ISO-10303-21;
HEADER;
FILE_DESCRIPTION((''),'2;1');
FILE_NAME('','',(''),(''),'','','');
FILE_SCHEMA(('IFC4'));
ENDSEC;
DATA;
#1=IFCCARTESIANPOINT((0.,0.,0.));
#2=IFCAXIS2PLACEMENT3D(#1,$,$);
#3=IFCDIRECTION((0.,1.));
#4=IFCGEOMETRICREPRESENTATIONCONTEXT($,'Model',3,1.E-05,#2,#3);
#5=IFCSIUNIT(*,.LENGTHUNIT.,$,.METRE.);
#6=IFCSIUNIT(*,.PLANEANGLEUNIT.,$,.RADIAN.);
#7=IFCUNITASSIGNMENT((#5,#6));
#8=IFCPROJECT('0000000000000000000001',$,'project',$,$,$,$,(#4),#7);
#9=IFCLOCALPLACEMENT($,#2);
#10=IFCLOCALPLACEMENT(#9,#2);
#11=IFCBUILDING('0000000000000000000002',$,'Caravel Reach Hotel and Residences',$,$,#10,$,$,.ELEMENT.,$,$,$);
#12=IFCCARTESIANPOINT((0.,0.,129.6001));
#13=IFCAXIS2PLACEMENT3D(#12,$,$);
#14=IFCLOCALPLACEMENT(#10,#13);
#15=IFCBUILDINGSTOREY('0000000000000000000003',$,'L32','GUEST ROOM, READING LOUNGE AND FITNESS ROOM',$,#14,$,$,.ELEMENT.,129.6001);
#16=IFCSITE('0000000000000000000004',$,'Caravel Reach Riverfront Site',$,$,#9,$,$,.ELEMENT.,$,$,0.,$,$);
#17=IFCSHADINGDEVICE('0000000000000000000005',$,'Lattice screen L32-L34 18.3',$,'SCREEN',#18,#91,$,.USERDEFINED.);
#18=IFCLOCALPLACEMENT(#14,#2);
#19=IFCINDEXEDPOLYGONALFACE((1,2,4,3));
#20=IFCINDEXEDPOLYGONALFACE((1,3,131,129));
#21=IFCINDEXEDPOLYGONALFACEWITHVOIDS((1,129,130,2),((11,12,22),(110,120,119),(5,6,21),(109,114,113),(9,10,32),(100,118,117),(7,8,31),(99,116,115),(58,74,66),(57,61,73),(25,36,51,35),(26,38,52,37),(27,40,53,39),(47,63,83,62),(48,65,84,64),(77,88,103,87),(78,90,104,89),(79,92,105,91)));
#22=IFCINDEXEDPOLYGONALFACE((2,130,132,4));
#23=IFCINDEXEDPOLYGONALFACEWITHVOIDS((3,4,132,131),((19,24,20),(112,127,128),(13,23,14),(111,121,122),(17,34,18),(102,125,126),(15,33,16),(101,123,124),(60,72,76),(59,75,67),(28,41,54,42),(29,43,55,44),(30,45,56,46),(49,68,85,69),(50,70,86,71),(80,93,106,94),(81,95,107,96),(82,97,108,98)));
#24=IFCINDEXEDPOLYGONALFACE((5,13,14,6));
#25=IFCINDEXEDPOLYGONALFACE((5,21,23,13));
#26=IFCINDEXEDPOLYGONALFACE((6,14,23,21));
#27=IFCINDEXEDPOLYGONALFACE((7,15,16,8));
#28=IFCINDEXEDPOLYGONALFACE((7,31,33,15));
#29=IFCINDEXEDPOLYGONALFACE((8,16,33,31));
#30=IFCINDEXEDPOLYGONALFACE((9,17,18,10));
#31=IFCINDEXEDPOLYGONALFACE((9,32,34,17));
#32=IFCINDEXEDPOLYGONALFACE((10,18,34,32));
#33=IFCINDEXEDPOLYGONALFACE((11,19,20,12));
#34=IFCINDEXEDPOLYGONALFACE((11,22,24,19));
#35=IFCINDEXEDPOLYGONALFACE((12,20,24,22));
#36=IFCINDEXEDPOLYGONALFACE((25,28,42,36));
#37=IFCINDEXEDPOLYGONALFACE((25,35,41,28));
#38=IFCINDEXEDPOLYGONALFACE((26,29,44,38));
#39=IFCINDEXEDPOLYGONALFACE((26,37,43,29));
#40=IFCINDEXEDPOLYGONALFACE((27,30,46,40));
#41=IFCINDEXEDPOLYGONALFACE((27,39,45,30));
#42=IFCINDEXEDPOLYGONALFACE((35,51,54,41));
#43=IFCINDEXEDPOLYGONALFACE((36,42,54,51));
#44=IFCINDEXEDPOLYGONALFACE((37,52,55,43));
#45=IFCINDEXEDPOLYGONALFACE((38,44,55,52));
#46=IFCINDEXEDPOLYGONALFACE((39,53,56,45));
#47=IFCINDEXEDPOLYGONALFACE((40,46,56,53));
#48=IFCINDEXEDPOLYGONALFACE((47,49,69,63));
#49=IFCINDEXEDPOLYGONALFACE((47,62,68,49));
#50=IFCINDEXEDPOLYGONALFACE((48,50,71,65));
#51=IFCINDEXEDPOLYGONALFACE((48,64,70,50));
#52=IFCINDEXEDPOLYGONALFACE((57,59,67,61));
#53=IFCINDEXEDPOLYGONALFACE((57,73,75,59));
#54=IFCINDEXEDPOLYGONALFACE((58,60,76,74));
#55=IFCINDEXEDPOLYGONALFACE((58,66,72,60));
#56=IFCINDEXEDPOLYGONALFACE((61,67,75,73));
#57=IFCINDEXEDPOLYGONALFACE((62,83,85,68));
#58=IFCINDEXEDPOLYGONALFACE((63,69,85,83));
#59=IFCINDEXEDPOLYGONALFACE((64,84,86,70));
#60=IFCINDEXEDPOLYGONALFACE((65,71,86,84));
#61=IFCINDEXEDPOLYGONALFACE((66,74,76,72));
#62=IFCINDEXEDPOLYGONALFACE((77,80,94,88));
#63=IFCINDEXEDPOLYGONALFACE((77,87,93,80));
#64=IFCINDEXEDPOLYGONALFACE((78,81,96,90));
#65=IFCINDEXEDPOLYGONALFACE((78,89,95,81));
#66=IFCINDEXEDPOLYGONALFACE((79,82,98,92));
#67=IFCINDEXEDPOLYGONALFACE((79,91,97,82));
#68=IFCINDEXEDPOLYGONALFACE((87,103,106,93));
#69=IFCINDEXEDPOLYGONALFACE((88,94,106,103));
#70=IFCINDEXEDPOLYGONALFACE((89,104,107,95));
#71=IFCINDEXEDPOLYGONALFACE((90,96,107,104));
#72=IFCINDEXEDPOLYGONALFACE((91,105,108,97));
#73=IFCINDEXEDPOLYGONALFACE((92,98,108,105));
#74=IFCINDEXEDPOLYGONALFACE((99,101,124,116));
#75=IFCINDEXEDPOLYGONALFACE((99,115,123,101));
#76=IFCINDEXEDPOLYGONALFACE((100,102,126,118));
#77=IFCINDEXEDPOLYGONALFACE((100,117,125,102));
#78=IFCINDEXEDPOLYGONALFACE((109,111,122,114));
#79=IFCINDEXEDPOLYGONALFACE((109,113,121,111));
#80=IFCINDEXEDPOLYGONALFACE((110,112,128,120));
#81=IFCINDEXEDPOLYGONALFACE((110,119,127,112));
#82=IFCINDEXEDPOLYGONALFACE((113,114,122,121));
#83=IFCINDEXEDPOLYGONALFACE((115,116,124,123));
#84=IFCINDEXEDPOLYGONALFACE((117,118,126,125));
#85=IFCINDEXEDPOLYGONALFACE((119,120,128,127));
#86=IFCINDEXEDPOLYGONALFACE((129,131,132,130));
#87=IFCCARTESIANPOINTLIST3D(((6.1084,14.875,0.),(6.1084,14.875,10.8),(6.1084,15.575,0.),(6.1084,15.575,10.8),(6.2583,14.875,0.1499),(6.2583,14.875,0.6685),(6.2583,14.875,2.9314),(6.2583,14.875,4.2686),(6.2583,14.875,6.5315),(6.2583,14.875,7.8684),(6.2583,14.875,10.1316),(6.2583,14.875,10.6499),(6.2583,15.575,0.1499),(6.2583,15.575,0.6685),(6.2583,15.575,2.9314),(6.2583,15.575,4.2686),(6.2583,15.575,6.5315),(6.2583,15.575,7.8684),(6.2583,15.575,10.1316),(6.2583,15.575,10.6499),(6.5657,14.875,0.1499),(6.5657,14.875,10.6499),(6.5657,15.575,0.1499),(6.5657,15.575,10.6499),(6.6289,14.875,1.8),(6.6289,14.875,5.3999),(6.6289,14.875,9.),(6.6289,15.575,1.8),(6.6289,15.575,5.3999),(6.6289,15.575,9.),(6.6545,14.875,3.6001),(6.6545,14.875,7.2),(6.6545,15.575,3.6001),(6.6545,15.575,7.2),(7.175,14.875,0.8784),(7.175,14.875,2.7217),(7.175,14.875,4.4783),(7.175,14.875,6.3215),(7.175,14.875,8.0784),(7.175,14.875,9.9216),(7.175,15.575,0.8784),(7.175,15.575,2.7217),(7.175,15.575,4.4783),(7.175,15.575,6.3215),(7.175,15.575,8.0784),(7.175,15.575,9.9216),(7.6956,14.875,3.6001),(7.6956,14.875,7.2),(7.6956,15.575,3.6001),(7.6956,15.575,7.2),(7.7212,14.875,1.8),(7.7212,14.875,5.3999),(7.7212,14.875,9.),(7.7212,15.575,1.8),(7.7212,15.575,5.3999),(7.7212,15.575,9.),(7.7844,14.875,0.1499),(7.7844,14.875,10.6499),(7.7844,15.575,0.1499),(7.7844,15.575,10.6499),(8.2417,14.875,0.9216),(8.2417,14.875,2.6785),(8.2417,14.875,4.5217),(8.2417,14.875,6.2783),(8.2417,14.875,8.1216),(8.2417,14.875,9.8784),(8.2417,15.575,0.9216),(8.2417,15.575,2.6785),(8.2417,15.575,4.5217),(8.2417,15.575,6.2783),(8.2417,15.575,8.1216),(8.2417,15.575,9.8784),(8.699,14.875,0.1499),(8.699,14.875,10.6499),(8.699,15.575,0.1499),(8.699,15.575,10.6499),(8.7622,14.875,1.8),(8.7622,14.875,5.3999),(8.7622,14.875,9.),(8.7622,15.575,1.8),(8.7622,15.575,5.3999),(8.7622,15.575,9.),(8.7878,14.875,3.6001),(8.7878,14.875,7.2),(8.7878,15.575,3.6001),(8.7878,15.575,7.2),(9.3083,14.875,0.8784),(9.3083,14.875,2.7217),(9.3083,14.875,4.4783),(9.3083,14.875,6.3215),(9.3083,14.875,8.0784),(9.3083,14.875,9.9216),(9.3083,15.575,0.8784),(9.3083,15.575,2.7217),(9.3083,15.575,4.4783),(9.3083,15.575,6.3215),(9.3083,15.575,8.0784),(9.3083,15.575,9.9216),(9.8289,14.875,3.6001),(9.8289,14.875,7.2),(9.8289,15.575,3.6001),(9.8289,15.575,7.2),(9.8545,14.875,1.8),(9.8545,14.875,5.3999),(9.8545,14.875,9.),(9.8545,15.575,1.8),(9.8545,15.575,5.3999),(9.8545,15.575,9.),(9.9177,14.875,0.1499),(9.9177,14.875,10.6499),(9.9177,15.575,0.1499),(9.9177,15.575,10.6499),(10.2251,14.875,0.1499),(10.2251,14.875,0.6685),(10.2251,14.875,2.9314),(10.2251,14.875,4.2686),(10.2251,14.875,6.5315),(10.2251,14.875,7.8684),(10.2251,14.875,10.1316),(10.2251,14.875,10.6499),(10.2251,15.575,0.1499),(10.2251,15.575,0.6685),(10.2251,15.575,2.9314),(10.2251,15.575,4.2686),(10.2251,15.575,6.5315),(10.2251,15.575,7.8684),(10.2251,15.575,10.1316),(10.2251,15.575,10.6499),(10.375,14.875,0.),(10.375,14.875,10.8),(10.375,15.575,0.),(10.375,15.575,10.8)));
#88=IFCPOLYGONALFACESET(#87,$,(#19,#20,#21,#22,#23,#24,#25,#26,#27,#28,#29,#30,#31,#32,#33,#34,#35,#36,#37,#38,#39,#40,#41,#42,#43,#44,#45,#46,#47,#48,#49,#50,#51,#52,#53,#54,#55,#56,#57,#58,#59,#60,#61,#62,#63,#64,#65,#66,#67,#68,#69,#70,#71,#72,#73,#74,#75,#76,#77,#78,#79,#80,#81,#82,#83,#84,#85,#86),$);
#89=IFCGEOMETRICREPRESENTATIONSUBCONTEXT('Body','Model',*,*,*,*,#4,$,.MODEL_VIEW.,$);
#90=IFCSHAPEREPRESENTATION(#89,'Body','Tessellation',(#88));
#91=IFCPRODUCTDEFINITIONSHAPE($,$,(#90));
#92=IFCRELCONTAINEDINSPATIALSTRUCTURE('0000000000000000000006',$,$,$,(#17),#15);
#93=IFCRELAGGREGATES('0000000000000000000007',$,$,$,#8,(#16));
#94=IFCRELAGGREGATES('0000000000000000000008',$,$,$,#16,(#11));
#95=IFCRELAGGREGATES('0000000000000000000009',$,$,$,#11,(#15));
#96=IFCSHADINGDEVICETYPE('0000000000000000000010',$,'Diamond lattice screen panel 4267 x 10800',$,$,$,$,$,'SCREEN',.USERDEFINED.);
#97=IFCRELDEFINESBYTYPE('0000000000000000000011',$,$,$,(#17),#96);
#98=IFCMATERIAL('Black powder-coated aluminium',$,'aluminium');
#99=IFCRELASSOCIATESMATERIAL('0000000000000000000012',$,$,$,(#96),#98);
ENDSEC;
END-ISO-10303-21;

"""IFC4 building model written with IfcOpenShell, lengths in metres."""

from ifc_helpers import new_model, si_unit, direction, frame, origin, place, context, subcontext, project, spatial, polyline, outline, extrude, material, type_object, element, save


model = new_model("IFC4")

# Units and contexts
model_context = context("Model", 3, precision=1e-05, world=origin(), true_north=direction((0.0, 1.0)))
body_context = subcontext(model_context, "Body", "Model", "MODEL_VIEW")
ifc_project = project(units=[si_unit("LENGTHUNIT", "METRE"), si_unit("PLANEANGLEUNIT", "RADIAN")], contexts=[model_context])

# Site, building, storey
site_placement = place(None, origin())
site = spatial("IfcSite", under=ifc_project, at=site_placement, Name="Caravel Reach Riverfront Site", CompositionType="ELEMENT", RefElevation=0.0)
building_placement = place(site_placement, origin())
building = spatial("IfcBuilding", under=site, at=building_placement, Name="Caravel Reach Hotel and Residences", CompositionType="ELEMENT")
storey_placement = place(building_placement, frame((0.0, 0.0, 129.6001)))
storey = spatial("IfcBuildingStorey", under=building, at=storey_placement, Name="L32", Description="GUEST ROOM, READING LOUNGE AND FITNESS ROOM", CompositionType="ELEMENT", Elevation=129.6001)

# Shading device
ifc_material_1 = material(Name="Black powder-coated aluminium", Category="aluminium")
shading_device_type_1 = type_object("IfcShadingDeviceType", Name="Diamond lattice screen panel 4267 x 10800", ElementType="SCREEN", PredefinedType="USERDEFINED", material=ifc_material_1)
shading_device_1_placement = place(storey_placement, frame((6.1084, 15.575, 0.0), z_axis=(0.0, -1.0, 0.0), x_axis=(1.0, 0.0, 0.0)))
element("IfcShadingDevice", 1, at=shading_device_1_placement, inside=storey, type_object=shading_device_type_1, Name="Lattice screen L32-L34 18.3", ObjectType="SCREEN", PredefinedType="USERDEFINED", context=body_context, shape_type="SweptSolid", body=[
    extrude(outline(polyline([(0.0, 0.0), (4.2666, 0.0), (4.2666, 10.8), (0.0, 10.8), (0.0, 0.0)]), holes=[polyline([(0.4573, 0.1499), (0.1499, 0.6685), (0.1499, 0.1499), (0.4573, 0.1499)]), polyline([(0.5461, 3.6001), (0.1499, 4.2686), (0.1499, 2.9314), (0.5461, 3.6001)]), polyline([(0.5461, 7.2), (0.1499, 7.8684), (0.1499, 6.5315), (0.5461, 7.2)]), polyline([(0.1499, 10.1316), (0.4573, 10.6499), (0.1499, 10.6499), (0.1499, 10.1316)]), polyline([(1.0667, 2.7217), (0.5205, 1.8), (1.0667, 0.8784), (1.6128, 1.8), (1.0667, 2.7217)]), polyline([(1.0667, 6.3215), (0.5205, 5.3999), (1.0667, 4.4783), (1.6128, 5.3999), (1.0667, 6.3215)]), polyline([(1.0667, 9.9216), (0.5205, 9.0), (1.0667, 8.0784), (1.6128, 9.0), (1.0667, 9.9216)]), polyline([(2.1333, 0.9216), (1.676, 0.1499), (2.5906, 0.1499), (2.1333, 0.9216)]), polyline([(2.1333, 4.5217), (1.5872, 3.6001), (2.1333, 2.6785), (2.6794, 3.6001), (2.1333, 4.5217)]), polyline([(2.1333, 8.1216), (1.5872, 7.2), (2.1333, 6.2783), (2.6794, 7.2), (2.1333, 8.1216)]), polyline([(2.1333, 9.8784), (2.5906, 10.6499), (1.676, 10.6499), (2.1333, 9.8784)]), polyline([(3.2, 2.7217), (2.6538, 1.8), (3.2, 0.8784), (3.7461, 1.8), (3.2, 2.7217)]), polyline([(3.2, 6.3215), (2.6538, 5.3999), (3.2, 4.4783), (3.7461, 5.3999), (3.2, 6.3215)]), polyline([(3.2, 9.9216), (2.6538, 9.0), (3.2, 8.0784), (3.7461, 9.0), (3.2, 9.9216)]), polyline([(4.1167, 0.6685), (3.8093, 0.1499), (4.1167, 0.1499), (4.1167, 0.6685)]), polyline([(3.7205, 3.6001), (4.1167, 2.9314), (4.1167, 4.2686), (3.7205, 3.6001)]), polyline([(3.7205, 7.2), (4.1167, 6.5315), (4.1167, 7.8684), (3.7205, 7.2)]), polyline([(3.8093, 10.6499), (4.1167, 10.1316), (4.1167, 10.6499), (3.8093, 10.6499)])]), origin(), (0.0, 0.0, 1.0), 0.7),
])

save(model, "model.ifc")
